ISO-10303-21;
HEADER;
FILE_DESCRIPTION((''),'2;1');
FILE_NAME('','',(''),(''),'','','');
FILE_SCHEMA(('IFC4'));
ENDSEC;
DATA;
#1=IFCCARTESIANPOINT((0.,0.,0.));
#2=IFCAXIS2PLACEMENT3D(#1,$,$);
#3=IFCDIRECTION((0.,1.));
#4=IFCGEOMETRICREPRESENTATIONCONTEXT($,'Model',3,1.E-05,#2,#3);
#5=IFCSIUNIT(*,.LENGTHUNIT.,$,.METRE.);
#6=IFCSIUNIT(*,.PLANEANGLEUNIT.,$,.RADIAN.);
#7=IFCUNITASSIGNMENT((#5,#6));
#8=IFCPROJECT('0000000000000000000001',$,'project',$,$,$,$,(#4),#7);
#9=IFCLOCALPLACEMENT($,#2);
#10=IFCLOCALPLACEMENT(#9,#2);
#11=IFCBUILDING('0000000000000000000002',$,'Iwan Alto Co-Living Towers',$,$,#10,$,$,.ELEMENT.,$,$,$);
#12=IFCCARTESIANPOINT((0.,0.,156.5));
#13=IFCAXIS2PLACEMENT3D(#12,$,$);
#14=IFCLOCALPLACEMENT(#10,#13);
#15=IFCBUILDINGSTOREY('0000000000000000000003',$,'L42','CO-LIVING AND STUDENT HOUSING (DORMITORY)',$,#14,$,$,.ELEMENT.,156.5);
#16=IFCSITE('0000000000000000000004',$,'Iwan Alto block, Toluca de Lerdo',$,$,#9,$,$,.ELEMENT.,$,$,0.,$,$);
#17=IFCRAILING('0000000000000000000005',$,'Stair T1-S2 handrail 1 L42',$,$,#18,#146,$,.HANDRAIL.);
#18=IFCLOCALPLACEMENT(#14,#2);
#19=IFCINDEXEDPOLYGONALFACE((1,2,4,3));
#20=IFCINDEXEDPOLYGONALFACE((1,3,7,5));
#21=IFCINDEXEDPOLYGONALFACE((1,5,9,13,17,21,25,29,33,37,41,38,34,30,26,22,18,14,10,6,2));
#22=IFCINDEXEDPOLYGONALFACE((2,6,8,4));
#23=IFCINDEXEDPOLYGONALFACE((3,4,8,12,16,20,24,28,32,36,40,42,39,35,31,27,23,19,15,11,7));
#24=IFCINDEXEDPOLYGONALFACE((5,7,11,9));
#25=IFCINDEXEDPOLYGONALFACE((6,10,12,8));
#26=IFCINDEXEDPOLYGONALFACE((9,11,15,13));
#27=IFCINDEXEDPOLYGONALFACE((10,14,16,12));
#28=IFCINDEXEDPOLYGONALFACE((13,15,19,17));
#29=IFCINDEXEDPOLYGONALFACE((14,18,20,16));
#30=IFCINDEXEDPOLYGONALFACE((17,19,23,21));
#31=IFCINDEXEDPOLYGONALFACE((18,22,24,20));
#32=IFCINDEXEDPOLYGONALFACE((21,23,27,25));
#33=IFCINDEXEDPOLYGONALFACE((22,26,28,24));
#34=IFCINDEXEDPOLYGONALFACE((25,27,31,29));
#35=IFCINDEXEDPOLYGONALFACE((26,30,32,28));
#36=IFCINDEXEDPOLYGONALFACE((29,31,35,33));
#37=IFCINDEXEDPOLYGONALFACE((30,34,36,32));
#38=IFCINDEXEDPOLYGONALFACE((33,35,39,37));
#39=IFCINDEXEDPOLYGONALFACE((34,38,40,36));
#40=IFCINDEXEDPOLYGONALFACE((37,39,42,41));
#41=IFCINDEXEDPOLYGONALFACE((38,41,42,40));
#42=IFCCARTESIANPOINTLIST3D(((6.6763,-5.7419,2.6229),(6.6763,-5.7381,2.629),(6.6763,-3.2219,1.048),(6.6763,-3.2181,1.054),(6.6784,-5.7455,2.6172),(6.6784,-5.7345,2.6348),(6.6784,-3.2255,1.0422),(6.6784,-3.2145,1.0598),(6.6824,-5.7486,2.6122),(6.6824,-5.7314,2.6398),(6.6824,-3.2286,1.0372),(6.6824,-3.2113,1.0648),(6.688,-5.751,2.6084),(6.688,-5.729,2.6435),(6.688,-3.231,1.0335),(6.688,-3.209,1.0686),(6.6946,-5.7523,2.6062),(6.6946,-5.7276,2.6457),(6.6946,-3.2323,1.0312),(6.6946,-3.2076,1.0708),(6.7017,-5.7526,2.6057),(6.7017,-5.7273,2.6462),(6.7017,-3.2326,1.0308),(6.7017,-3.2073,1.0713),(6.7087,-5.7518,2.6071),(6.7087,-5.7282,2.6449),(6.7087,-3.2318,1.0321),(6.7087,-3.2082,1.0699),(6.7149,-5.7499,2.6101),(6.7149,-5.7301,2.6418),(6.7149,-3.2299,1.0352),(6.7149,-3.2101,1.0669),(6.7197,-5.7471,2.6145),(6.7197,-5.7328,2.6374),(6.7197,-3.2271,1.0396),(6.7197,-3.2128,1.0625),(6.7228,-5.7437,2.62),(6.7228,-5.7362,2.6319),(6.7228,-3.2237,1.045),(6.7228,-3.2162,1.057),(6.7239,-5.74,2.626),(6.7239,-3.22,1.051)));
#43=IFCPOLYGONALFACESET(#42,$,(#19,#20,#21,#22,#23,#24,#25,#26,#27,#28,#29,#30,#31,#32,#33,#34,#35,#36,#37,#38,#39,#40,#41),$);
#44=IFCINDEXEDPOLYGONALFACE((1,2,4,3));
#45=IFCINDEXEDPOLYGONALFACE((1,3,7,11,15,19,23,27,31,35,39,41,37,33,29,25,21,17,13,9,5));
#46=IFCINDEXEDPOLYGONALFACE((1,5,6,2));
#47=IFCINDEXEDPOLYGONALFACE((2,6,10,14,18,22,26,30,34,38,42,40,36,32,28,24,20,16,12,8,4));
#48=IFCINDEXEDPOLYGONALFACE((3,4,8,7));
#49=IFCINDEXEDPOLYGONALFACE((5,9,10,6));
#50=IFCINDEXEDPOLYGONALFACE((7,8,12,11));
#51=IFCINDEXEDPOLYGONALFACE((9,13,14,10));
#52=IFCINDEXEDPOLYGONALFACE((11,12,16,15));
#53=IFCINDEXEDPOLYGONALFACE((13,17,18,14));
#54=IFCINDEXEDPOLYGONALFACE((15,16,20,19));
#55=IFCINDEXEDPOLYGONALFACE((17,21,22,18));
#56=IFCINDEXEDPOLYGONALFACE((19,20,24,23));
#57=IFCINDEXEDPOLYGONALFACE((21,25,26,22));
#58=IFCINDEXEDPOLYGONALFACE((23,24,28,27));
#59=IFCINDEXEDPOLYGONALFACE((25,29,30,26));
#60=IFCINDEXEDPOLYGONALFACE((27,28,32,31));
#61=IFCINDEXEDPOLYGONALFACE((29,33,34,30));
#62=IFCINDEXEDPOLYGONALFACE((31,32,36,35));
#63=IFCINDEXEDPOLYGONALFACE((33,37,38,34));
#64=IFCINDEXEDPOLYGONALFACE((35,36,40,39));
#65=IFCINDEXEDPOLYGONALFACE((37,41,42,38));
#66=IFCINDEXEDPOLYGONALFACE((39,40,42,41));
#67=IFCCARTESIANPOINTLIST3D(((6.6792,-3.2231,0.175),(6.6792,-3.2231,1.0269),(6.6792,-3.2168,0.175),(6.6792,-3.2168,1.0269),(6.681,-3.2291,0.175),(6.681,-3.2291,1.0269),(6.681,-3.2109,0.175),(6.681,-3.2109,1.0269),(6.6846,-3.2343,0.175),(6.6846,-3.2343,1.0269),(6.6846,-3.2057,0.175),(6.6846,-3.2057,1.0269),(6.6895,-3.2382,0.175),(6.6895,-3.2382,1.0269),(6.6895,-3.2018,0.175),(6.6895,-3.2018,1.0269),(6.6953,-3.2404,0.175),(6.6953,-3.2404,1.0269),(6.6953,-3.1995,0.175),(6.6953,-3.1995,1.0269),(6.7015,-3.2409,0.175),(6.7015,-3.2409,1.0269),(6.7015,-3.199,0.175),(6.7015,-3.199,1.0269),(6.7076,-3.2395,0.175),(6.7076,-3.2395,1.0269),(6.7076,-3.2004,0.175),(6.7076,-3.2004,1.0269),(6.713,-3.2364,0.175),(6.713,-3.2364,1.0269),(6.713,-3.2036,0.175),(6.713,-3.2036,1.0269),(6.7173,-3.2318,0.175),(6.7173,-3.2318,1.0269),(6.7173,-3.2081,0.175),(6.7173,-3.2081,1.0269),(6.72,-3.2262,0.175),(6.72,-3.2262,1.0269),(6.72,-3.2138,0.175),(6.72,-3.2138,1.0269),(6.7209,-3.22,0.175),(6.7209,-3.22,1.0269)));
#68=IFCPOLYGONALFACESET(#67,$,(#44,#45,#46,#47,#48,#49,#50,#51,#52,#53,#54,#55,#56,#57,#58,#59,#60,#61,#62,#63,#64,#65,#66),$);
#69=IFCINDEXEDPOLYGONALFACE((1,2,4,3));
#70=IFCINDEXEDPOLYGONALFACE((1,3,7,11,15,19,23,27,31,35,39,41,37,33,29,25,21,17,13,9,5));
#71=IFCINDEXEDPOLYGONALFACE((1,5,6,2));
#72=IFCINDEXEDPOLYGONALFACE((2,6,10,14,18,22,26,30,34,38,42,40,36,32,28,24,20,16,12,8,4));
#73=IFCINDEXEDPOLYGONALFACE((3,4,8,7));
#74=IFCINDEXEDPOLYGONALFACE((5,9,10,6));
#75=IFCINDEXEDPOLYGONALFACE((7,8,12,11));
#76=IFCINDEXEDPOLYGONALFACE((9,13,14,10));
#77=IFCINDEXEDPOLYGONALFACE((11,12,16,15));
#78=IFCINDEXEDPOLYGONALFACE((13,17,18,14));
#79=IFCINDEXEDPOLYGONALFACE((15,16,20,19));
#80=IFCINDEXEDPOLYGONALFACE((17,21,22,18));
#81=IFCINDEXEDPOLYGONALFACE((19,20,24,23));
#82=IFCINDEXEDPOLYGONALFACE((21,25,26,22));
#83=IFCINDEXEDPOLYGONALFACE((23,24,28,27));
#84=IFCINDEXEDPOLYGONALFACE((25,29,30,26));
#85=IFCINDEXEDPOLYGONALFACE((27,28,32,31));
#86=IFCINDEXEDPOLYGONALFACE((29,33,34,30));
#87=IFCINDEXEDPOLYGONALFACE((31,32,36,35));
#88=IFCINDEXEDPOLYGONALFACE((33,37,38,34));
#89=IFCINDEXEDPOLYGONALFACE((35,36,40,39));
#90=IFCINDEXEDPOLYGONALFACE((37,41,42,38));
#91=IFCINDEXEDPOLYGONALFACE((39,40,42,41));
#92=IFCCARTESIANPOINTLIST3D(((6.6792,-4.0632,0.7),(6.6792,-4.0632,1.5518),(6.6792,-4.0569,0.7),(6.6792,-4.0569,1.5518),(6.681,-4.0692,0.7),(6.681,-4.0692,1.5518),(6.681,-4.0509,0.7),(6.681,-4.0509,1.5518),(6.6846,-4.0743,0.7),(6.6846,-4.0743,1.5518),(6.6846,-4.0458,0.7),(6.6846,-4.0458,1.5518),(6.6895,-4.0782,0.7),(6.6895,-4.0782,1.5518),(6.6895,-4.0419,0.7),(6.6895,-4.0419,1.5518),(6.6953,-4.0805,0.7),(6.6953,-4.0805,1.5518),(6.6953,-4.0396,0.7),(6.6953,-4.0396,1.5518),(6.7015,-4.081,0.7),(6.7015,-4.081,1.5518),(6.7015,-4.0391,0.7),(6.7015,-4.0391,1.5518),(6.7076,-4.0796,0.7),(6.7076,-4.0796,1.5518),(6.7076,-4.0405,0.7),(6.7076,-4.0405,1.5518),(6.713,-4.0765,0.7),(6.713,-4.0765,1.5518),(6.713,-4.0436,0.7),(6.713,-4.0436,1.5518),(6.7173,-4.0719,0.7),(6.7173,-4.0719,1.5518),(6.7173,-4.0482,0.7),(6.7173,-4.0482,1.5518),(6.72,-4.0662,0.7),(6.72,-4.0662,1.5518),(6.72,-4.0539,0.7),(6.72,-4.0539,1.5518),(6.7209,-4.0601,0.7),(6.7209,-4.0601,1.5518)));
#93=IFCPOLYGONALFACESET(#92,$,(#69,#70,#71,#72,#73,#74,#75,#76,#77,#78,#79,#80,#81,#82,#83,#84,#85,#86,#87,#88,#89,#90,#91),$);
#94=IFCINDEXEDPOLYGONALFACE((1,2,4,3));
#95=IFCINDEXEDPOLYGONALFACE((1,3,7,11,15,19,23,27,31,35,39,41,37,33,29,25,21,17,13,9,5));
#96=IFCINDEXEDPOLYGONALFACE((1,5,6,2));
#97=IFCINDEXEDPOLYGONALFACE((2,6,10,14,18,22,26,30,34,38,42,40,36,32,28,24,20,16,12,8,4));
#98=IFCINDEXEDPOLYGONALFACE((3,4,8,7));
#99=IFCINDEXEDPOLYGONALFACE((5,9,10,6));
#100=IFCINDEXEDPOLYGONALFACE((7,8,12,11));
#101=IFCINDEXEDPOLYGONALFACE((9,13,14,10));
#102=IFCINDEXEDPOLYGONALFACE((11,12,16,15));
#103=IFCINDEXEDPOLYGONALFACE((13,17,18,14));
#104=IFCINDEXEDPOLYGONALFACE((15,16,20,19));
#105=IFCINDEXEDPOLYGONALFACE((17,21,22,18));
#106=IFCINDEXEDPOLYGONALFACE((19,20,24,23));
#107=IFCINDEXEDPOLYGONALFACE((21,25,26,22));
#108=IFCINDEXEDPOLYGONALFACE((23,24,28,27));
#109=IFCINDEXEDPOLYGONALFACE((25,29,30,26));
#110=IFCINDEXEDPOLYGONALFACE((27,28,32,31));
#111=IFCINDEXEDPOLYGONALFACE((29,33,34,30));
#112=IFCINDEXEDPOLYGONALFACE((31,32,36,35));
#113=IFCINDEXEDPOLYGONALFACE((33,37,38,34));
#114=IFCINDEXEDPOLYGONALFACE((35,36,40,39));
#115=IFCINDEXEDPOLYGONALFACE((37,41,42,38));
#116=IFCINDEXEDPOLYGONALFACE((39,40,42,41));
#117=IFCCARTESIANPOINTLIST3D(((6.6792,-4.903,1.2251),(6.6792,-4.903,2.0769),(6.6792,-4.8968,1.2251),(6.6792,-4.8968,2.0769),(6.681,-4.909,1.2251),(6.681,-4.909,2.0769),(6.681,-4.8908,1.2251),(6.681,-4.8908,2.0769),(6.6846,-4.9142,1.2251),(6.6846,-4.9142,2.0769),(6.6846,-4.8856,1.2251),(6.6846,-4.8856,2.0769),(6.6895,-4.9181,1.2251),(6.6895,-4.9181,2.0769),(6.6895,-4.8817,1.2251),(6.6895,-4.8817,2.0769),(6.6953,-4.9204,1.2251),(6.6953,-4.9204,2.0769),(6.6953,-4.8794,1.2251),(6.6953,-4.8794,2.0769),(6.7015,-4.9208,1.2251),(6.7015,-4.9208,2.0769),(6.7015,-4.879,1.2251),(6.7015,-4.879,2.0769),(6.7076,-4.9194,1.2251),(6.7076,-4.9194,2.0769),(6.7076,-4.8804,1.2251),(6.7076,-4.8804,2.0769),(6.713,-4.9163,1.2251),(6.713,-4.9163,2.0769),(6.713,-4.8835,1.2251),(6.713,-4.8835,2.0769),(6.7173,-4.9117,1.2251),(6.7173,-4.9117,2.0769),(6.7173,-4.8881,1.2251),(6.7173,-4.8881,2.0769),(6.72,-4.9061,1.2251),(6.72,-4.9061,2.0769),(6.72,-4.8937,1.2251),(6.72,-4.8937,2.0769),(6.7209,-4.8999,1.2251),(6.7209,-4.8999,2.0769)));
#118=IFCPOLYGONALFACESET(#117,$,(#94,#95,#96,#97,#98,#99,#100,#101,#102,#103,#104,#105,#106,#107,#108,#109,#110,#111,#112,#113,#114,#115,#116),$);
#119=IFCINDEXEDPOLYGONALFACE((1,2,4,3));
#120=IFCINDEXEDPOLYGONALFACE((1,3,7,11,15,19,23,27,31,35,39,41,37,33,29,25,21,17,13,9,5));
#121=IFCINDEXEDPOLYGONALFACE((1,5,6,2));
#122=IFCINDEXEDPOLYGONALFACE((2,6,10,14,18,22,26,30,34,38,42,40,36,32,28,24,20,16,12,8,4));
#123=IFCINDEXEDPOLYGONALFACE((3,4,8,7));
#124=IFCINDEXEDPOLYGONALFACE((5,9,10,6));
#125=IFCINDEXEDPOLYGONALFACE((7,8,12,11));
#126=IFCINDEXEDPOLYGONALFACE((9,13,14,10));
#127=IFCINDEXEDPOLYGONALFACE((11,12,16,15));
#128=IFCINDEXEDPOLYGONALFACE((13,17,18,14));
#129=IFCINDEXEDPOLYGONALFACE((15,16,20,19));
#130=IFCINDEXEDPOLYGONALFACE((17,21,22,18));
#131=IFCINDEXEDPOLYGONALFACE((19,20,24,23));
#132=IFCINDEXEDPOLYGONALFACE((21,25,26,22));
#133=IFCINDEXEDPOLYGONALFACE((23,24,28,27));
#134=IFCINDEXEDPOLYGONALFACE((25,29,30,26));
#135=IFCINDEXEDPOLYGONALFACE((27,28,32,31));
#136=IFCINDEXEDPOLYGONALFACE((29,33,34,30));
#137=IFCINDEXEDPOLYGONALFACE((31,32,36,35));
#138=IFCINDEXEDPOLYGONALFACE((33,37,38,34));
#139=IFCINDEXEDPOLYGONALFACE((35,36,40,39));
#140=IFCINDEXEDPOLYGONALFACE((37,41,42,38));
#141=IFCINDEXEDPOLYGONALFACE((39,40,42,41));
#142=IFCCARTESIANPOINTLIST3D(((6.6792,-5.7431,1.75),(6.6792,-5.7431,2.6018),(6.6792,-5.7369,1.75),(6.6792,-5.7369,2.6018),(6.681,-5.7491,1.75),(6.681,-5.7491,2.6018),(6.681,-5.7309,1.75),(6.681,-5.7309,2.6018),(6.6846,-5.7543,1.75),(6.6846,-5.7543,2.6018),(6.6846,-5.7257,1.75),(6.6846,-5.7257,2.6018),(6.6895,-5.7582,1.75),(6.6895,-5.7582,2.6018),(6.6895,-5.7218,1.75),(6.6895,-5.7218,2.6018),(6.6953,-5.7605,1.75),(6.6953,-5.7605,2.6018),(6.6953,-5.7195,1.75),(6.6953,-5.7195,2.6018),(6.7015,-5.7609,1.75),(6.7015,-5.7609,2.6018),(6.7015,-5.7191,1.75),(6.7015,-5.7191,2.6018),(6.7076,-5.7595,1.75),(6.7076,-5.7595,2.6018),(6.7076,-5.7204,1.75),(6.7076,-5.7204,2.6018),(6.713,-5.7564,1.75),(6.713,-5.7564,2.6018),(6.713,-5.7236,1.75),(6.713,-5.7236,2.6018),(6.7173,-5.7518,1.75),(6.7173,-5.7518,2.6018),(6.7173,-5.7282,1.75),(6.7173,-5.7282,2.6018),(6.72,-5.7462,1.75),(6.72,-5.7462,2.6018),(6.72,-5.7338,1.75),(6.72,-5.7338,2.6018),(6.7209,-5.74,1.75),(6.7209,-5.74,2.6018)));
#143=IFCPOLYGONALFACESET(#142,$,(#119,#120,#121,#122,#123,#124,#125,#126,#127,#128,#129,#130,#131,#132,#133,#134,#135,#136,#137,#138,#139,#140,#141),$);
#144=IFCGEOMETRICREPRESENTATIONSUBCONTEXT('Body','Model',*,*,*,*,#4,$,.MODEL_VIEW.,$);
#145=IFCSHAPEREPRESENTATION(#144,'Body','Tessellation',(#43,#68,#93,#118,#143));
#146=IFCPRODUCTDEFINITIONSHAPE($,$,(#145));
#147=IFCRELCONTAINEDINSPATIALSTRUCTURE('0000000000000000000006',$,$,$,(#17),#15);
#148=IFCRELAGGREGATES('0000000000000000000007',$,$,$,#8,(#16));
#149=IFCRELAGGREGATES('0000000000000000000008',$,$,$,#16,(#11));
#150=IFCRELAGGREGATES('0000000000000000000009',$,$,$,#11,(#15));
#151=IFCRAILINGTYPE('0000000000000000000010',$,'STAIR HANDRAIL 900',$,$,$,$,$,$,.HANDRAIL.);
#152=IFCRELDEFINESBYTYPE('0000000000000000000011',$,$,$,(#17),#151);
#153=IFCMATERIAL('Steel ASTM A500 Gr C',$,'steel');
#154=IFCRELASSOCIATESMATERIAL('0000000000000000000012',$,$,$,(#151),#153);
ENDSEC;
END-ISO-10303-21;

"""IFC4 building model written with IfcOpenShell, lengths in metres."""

from ifc_helpers import new_model, si_unit, direction, frame, origin, origin_2d, place, context, subcontext, project, spatial, circle, extrude, material, type_object, element, save


model = new_model("IFC4")

# Units and contexts
model_context = context("Model", 3, precision=1e-05, world=origin(), true_north=direction((0.0, 1.0)))
body_context = subcontext(model_context, "Body", "Model", "MODEL_VIEW")
ifc_project = project(units=[si_unit("LENGTHUNIT", "METRE"), si_unit("PLANEANGLEUNIT", "RADIAN")], contexts=[model_context])

# Site, building, storey
site_placement = place(None, origin())
site = spatial("IfcSite", under=ifc_project, at=site_placement, Name="Iwan Alto block, Toluca de Lerdo", CompositionType="ELEMENT", RefElevation=0.0)
building_placement = place(site_placement, origin())
building = spatial("IfcBuilding", under=site, at=building_placement, Name="Iwan Alto Co-Living Towers", CompositionType="ELEMENT")
storey_placement = place(building_placement, frame((0.0, 0.0, 156.5)))
storey = spatial("IfcBuildingStorey", under=building, at=storey_placement, Name="L42", Description="CO-LIVING AND STUDENT HOUSING (DORMITORY)", CompositionType="ELEMENT", Elevation=156.5)

# Railing
ifc_material_1 = material(Name="Steel ASTM A500 Gr C", Category="steel")
railing_type_1 = type_object("IfcRailingType", Name="STAIR HANDRAIL 900", PredefinedType="HANDRAIL", material=ifc_material_1)
railing_1_placement = place(storey_placement, frame((6.7, -3.22, 0.175)))
element("IfcRailing", 1, at=railing_1_placement, inside=storey, type_object=railing_type_1, Name="Stair T1-S2 handrail 1 L42", PredefinedType="HANDRAIL", context=body_context, shape_type="SweptSolid", body=[
    extrude(circle(Radius=0.0239, at=origin_2d()), frame((0.0, 0.0, 0.876), z_axis=(0.0, -0.848008, 0.529984), x_axis=(1.0, 0.0, 0.0)), (0.0, 0.0, 1.0), 2.9717),
    extrude(circle(Radius=0.021, at=origin_2d()), origin(), (0.0, 0.0, 1.0), 0.8518),
    extrude(circle(Radius=0.021, at=origin_2d()), frame((0.0, -0.8401, 0.5249)), (0.0, 0.0, 1.0), 0.8518),
    extrude(circle(Radius=0.021, at=origin_2d()), frame((0.0, -1.6799, 1.05)), (0.0, 0.0, 1.0), 0.8518),
    extrude(circle(Radius=0.021, at=origin_2d()), frame((0.0, -2.52, 1.575)), (0.0, 0.0, 1.0), 0.8518),
])

save(model, "model.ifc")
